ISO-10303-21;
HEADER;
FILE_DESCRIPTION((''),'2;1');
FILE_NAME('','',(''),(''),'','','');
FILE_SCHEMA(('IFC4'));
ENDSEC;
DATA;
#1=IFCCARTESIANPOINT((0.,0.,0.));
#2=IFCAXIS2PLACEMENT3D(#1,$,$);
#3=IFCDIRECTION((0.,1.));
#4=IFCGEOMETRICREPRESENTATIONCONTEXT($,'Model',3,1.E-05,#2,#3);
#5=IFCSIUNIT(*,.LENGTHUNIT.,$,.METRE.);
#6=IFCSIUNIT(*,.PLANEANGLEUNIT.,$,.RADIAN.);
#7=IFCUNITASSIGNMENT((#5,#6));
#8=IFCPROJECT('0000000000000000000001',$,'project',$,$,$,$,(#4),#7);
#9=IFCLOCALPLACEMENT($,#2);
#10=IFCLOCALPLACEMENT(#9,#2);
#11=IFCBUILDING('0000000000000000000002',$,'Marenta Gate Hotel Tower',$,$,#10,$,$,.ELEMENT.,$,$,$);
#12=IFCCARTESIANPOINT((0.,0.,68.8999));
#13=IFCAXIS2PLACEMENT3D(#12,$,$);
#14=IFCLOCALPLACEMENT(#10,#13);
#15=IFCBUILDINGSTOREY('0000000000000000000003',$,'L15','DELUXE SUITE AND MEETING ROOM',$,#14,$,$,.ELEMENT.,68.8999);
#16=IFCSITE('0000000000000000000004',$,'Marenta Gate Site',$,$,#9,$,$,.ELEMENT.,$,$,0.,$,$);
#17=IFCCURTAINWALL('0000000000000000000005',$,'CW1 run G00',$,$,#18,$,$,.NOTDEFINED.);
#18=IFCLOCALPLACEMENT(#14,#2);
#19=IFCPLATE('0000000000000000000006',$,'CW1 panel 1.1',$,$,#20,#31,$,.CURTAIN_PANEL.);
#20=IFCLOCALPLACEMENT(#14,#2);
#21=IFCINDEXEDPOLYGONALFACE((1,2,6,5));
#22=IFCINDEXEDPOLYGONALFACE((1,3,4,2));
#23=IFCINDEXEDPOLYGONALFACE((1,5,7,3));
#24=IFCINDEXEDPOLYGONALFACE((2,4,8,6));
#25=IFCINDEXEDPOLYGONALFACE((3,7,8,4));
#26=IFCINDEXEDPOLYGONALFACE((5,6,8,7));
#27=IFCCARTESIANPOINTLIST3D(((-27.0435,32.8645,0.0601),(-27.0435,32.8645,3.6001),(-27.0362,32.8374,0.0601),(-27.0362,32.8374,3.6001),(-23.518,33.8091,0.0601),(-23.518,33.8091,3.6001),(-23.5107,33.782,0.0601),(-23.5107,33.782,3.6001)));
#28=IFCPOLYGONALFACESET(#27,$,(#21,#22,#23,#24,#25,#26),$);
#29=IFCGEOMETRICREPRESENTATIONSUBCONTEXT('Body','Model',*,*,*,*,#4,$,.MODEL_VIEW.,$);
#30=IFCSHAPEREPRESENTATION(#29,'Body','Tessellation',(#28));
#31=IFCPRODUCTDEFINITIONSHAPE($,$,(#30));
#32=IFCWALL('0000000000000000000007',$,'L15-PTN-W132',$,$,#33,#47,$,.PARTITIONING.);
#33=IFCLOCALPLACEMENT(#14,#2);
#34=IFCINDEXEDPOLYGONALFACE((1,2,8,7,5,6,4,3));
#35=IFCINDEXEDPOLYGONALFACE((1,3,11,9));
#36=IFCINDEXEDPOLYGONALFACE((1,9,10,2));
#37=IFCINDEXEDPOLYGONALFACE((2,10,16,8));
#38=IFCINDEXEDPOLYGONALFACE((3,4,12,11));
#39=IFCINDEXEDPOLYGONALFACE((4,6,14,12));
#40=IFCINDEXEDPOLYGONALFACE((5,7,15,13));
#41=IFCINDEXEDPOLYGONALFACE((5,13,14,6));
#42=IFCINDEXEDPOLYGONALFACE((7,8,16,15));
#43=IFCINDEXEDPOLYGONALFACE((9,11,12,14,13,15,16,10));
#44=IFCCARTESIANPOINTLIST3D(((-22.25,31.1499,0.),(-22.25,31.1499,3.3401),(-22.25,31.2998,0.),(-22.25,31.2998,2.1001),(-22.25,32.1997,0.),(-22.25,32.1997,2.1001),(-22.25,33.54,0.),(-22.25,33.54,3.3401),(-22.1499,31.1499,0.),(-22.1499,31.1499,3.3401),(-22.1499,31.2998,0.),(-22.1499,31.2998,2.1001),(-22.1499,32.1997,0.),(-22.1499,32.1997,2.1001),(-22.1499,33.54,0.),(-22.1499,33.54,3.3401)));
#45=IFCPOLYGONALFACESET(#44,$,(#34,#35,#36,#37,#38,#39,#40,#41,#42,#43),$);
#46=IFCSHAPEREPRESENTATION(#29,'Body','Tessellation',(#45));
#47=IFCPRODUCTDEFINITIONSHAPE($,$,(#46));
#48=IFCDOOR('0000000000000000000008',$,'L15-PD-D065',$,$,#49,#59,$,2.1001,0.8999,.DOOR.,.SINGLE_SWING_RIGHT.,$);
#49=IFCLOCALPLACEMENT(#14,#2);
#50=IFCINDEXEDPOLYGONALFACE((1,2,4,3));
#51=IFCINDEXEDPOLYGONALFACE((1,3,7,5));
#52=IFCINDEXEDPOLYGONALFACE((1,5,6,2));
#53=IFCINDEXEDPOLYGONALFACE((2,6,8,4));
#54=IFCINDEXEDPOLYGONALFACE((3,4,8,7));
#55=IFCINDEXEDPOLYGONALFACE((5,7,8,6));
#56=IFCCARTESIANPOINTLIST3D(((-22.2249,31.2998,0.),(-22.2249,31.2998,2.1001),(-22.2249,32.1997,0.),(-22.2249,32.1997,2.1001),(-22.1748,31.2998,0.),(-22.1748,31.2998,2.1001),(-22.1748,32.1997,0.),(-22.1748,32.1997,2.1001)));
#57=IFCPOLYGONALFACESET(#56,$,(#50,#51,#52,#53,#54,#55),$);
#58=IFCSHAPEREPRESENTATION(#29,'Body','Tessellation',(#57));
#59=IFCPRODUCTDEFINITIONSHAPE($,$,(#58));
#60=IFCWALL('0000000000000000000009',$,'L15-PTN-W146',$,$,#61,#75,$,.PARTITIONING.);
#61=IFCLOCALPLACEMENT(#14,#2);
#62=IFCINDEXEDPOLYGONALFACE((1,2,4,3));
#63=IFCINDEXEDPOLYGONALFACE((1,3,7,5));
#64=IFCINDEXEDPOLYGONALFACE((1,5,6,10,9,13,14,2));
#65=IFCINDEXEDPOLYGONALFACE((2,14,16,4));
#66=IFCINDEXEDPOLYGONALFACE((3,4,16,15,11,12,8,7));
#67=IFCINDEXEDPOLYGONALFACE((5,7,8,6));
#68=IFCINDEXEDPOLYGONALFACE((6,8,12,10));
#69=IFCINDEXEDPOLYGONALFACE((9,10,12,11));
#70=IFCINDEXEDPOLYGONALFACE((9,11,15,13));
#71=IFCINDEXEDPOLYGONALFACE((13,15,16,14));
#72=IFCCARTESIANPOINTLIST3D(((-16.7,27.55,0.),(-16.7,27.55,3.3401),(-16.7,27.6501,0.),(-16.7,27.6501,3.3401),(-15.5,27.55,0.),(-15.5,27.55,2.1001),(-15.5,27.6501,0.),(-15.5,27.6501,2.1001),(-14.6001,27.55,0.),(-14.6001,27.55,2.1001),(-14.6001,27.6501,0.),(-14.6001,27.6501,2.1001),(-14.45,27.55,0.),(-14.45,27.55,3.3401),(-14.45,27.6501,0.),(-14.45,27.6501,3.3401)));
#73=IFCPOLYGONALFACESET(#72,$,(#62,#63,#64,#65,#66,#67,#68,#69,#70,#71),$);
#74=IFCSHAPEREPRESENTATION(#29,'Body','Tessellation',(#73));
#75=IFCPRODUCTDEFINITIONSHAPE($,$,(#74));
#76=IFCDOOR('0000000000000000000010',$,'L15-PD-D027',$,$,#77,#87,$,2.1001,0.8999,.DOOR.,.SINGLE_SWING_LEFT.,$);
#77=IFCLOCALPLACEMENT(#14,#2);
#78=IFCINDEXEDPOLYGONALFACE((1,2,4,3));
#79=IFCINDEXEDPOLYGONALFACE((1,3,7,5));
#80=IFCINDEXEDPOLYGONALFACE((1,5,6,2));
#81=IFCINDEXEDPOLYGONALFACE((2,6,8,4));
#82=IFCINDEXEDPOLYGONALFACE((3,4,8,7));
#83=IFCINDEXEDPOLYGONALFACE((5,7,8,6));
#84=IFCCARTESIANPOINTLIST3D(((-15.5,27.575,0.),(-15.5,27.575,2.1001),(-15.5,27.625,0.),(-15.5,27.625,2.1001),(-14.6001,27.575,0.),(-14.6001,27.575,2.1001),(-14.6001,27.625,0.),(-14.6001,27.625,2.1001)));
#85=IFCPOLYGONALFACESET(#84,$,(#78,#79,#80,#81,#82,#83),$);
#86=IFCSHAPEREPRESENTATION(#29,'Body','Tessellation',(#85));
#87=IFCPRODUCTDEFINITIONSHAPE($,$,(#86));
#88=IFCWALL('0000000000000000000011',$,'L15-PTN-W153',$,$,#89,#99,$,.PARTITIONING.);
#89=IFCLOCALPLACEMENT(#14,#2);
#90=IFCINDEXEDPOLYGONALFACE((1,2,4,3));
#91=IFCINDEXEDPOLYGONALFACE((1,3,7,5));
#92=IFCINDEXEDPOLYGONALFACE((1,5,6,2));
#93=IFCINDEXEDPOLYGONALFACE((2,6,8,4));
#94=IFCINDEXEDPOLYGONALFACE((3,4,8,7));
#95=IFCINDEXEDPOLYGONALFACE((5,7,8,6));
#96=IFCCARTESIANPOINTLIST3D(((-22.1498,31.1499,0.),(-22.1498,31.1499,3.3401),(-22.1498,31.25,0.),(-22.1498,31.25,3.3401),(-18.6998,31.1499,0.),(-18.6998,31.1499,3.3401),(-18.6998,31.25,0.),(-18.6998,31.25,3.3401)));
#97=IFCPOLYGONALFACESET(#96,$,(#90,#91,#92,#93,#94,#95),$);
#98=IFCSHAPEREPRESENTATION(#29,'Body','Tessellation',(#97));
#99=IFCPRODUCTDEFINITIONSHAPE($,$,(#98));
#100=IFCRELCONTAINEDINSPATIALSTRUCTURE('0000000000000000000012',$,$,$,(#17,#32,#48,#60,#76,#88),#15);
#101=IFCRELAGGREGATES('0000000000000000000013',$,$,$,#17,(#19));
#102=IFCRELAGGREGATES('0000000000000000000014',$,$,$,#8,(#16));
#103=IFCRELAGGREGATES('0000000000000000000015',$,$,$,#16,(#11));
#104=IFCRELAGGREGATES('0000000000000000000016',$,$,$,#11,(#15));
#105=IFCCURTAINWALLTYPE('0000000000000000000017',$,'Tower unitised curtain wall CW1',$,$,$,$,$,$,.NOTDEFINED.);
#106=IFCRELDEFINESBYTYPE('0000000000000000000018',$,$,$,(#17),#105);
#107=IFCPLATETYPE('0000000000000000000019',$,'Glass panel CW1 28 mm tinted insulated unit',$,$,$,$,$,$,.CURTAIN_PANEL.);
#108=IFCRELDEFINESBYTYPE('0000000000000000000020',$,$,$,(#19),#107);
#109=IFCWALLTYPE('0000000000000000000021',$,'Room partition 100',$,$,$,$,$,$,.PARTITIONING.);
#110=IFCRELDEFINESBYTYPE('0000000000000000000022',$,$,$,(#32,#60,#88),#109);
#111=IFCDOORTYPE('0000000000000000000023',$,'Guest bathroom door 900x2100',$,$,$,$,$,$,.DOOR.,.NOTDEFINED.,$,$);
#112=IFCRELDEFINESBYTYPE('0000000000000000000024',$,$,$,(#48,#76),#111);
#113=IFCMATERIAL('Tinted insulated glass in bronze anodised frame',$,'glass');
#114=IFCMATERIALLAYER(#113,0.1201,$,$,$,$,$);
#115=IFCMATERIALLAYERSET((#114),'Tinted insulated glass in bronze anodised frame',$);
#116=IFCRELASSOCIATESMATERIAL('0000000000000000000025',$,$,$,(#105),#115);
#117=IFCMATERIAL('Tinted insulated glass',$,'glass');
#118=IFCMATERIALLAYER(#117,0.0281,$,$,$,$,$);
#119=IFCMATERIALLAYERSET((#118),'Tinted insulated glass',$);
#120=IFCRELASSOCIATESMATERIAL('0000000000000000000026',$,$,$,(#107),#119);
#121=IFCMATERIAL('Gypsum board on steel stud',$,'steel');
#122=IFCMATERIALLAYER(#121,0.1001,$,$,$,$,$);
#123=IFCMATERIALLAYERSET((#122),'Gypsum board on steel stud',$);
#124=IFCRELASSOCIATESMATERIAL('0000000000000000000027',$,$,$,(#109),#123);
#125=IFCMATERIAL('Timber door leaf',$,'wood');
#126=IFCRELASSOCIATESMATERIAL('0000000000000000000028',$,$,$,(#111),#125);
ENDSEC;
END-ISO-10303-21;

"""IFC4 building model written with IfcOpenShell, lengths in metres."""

from ifc_helpers import new_model, si_unit, direction, frame, frame_2d, origin, origin_2d, place, context, subcontext, project, spatial, rectangle, extrude, material, layer, layer_set, type_object, element, fill, aggregate, save


model = new_model("IFC4")

# Units and contexts
model_context = context("Model", 3, precision=1e-05, world=origin(), true_north=direction((0.0, 1.0)))
body_context = subcontext(model_context, "Body", "Model", "MODEL_VIEW")
ifc_project = project(units=[si_unit("LENGTHUNIT", "METRE"), si_unit("PLANEANGLEUNIT", "RADIAN")], contexts=[model_context])

# Site, building, storey
site_placement = place(None, origin())
site = spatial("IfcSite", under=ifc_project, at=site_placement, Name="Marenta Gate Site", CompositionType="ELEMENT", RefElevation=0.0)
building_placement = place(site_placement, origin())
building = spatial("IfcBuilding", under=site, at=building_placement, Name="Marenta Gate Hotel Tower", CompositionType="ELEMENT")
storey_placement = place(building_placement, frame((0.0, 0.0, 68.8999)))
storey = spatial("IfcBuildingStorey", under=building, at=storey_placement, Name="L15", Description="DELUXE SUITE AND MEETING ROOM", CompositionType="ELEMENT", Elevation=68.8999)

# Curtain wall, plate
ifc_material_1 = material(Name="Tinted insulated glass in bronze anodised frame", Category="glass")
ifc_layer_1 = layer(ifc_material_1, 0.1201)
ifc_layer_set_1 = layer_set([ifc_layer_1], Name="Tinted insulated glass in bronze anodised frame")
curtain_wall_type = type_object("IfcCurtainWallType", Name="Tower unitised curtain wall CW1", PredefinedType="NOTDEFINED", material=ifc_layer_set_1)
curtain_wall_placement = place(storey_placement, origin())
curtain_wall = element("IfcCurtainWall", 1, at=curtain_wall_placement, inside=storey, type_object=curtain_wall_type, Name="CW1 run G00", PredefinedType="NOTDEFINED")
ifc_material_2 = material(Name="Tinted insulated glass", Category="glass")
ifc_layer_2 = layer(ifc_material_2, 0.0281)
ifc_layer_set_2 = layer_set([ifc_layer_2], Name="Tinted insulated glass")
plate_type = type_object("IfcPlateType", Name="Glass panel CW1 28 mm tinted insulated unit", PredefinedType="CURTAIN_PANEL", material=ifc_layer_set_2)
plate_placement = place(storey_placement, frame((-25.2771, 33.3232, 0.0601), z_axis=(0.0, 0.0, 1.0), x_axis=(-0.96593, -0.258802, 0.0)))
plate = element("IfcPlate", 2, at=plate_placement, type_object=plate_type, Name="CW1 panel 1.1", PredefinedType="CURTAIN_PANEL", context=body_context, shape_type="SweptSolid", body=[
    extrude(rectangle(XDim=3.6499, YDim=0.0281, at=origin_2d()), origin(), (0.0, 0.0, 1.0), 3.54),
])
aggregate(curtain_wall, [plate])

# Walls, openings, doors
ifc_material_3 = material(Name="Gypsum board on steel stud", Category="steel")
ifc_layer_3 = layer(ifc_material_3, 0.1001)
ifc_layer_set_3 = layer_set([ifc_layer_3], Name="Gypsum board on steel stud")
wall_type = type_object("IfcWallType", Name="Room partition 100", PredefinedType="PARTITIONING", material=ifc_layer_set_3)
wall_1_placement = place(storey_placement, frame((-22.2, 31.1499, 0.0), z_axis=(0.0, 0.0, 1.0), x_axis=(0.0, 1.0, 0.0)))
wall_1 = element("IfcWall", 3, at=wall_1_placement, inside=storey, type_object=wall_type, Name="L15-PTN-W132", PredefinedType="PARTITIONING", context=body_context, shape_type="SweptSolid", body=[
    extrude(rectangle(XDim=2.3901, YDim=0.1001, at=frame_2d((1.1951, 0.0))), origin(), (0.0, 0.0, 1.0), 3.3401),
])
opening_1_placement = place(wall_1_placement, frame((0.1499, 0.0, 0.0)))
opening_1 = element("IfcOpeningElement", 4, at=opening_1_placement, cuts=wall_1, PredefinedType="OPENING", context=body_context, shape_type="SweptSolid", body=[
    extrude(rectangle(XDim=0.8999, YDim=2.1001, at=frame_2d((0.45, 1.05))), frame((0.0, 0.05, 0.0), z_axis=(0.0, -1.0, 0.0), x_axis=(1.0, 0.0, 0.0)), (0.0, 0.0, 1.0), 0.1001),
])
ifc_material_4 = material(Name="Timber door leaf", Category="wood")
door_type = type_object("IfcDoorType", Name="Guest bathroom door 900x2100", OperationType="NOTDEFINED", PredefinedType="DOOR", material=ifc_material_4)
door_1_placement = place(opening_1_placement, origin())
door_1 = element("IfcDoor", 5, at=door_1_placement, inside=storey, type_object=door_type, Name="L15-PD-D065", OperationType="SINGLE_SWING_RIGHT", OverallHeight=2.1001, OverallWidth=0.8999, PredefinedType="DOOR", context=body_context, shape_type="SweptSolid", body=[
    extrude(rectangle(XDim=0.8999, YDim=2.1001, at=frame_2d((0.45, 1.05))), frame((0.0, 0.0249, 0.0), z_axis=(0.0, -1.0, 0.0), x_axis=(1.0, 0.0, 0.0)), (0.0, 0.0, 1.0), 0.05),
])
fill(opening_1, door_1)
wall_2_placement = place(storey_placement, frame((-16.7, 27.6001, 0.0), z_axis=(0.0, 0.0, 1.0), x_axis=(1.0, 0.0, 0.0)))
wall_2 = element("IfcWall", 6, at=wall_2_placement, inside=storey, type_object=wall_type, Name="L15-PTN-W146", PredefinedType="PARTITIONING", context=body_context, shape_type="SweptSolid", body=[
    extrude(rectangle(XDim=2.25, YDim=0.1001, at=frame_2d((1.125, 0.0))), origin(), (0.0, 0.0, 1.0), 3.3401),
])
opening_2_placement = place(wall_2_placement, frame((1.2, 0.0, 0.0)))
opening_2 = element("IfcOpeningElement", 7, at=opening_2_placement, cuts=wall_2, PredefinedType="OPENING", context=body_context, shape_type="SweptSolid", body=[
    extrude(rectangle(XDim=0.8999, YDim=2.1001, at=frame_2d((0.45, 1.05))), frame((0.0, 0.05, 0.0), z_axis=(0.0, -1.0, 0.0), x_axis=(1.0, 0.0, 0.0)), (0.0, 0.0, 1.0), 0.1001),
])
door_2_placement = place(opening_2_placement, origin())
door_2 = element("IfcDoor", 8, at=door_2_placement, inside=storey, type_object=door_type, Name="L15-PD-D027", OperationType="SINGLE_SWING_LEFT", OverallHeight=2.1001, OverallWidth=0.8999, PredefinedType="DOOR", context=body_context, shape_type="SweptSolid", body=[
    extrude(rectangle(XDim=0.8999, YDim=2.1001, at=frame_2d((0.45, 1.05))), frame((0.0, 0.0249, 0.0), z_axis=(0.0, -1.0, 0.0), x_axis=(1.0, 0.0, 0.0)), (0.0, 0.0, 1.0), 0.05),
])
fill(opening_2, door_2)

# Wall
wall_3_placement = place(storey_placement, frame((-22.1499, 31.2, 0.0), z_axis=(0.0, 0.0, 1.0), x_axis=(1.0, 0.0, 0.0)))
element("IfcWall", 9, at=wall_3_placement, inside=storey, type_object=wall_type, Name="L15-PTN-W153", PredefinedType="PARTITIONING", context=body_context, shape_type="SweptSolid", body=[
    extrude(rectangle(XDim=3.45, YDim=0.1001, at=frame_2d((1.7251, 0.0))), origin(), (0.0, 0.0, 1.0), 3.3401),
])

save(model, "model.ifc")
